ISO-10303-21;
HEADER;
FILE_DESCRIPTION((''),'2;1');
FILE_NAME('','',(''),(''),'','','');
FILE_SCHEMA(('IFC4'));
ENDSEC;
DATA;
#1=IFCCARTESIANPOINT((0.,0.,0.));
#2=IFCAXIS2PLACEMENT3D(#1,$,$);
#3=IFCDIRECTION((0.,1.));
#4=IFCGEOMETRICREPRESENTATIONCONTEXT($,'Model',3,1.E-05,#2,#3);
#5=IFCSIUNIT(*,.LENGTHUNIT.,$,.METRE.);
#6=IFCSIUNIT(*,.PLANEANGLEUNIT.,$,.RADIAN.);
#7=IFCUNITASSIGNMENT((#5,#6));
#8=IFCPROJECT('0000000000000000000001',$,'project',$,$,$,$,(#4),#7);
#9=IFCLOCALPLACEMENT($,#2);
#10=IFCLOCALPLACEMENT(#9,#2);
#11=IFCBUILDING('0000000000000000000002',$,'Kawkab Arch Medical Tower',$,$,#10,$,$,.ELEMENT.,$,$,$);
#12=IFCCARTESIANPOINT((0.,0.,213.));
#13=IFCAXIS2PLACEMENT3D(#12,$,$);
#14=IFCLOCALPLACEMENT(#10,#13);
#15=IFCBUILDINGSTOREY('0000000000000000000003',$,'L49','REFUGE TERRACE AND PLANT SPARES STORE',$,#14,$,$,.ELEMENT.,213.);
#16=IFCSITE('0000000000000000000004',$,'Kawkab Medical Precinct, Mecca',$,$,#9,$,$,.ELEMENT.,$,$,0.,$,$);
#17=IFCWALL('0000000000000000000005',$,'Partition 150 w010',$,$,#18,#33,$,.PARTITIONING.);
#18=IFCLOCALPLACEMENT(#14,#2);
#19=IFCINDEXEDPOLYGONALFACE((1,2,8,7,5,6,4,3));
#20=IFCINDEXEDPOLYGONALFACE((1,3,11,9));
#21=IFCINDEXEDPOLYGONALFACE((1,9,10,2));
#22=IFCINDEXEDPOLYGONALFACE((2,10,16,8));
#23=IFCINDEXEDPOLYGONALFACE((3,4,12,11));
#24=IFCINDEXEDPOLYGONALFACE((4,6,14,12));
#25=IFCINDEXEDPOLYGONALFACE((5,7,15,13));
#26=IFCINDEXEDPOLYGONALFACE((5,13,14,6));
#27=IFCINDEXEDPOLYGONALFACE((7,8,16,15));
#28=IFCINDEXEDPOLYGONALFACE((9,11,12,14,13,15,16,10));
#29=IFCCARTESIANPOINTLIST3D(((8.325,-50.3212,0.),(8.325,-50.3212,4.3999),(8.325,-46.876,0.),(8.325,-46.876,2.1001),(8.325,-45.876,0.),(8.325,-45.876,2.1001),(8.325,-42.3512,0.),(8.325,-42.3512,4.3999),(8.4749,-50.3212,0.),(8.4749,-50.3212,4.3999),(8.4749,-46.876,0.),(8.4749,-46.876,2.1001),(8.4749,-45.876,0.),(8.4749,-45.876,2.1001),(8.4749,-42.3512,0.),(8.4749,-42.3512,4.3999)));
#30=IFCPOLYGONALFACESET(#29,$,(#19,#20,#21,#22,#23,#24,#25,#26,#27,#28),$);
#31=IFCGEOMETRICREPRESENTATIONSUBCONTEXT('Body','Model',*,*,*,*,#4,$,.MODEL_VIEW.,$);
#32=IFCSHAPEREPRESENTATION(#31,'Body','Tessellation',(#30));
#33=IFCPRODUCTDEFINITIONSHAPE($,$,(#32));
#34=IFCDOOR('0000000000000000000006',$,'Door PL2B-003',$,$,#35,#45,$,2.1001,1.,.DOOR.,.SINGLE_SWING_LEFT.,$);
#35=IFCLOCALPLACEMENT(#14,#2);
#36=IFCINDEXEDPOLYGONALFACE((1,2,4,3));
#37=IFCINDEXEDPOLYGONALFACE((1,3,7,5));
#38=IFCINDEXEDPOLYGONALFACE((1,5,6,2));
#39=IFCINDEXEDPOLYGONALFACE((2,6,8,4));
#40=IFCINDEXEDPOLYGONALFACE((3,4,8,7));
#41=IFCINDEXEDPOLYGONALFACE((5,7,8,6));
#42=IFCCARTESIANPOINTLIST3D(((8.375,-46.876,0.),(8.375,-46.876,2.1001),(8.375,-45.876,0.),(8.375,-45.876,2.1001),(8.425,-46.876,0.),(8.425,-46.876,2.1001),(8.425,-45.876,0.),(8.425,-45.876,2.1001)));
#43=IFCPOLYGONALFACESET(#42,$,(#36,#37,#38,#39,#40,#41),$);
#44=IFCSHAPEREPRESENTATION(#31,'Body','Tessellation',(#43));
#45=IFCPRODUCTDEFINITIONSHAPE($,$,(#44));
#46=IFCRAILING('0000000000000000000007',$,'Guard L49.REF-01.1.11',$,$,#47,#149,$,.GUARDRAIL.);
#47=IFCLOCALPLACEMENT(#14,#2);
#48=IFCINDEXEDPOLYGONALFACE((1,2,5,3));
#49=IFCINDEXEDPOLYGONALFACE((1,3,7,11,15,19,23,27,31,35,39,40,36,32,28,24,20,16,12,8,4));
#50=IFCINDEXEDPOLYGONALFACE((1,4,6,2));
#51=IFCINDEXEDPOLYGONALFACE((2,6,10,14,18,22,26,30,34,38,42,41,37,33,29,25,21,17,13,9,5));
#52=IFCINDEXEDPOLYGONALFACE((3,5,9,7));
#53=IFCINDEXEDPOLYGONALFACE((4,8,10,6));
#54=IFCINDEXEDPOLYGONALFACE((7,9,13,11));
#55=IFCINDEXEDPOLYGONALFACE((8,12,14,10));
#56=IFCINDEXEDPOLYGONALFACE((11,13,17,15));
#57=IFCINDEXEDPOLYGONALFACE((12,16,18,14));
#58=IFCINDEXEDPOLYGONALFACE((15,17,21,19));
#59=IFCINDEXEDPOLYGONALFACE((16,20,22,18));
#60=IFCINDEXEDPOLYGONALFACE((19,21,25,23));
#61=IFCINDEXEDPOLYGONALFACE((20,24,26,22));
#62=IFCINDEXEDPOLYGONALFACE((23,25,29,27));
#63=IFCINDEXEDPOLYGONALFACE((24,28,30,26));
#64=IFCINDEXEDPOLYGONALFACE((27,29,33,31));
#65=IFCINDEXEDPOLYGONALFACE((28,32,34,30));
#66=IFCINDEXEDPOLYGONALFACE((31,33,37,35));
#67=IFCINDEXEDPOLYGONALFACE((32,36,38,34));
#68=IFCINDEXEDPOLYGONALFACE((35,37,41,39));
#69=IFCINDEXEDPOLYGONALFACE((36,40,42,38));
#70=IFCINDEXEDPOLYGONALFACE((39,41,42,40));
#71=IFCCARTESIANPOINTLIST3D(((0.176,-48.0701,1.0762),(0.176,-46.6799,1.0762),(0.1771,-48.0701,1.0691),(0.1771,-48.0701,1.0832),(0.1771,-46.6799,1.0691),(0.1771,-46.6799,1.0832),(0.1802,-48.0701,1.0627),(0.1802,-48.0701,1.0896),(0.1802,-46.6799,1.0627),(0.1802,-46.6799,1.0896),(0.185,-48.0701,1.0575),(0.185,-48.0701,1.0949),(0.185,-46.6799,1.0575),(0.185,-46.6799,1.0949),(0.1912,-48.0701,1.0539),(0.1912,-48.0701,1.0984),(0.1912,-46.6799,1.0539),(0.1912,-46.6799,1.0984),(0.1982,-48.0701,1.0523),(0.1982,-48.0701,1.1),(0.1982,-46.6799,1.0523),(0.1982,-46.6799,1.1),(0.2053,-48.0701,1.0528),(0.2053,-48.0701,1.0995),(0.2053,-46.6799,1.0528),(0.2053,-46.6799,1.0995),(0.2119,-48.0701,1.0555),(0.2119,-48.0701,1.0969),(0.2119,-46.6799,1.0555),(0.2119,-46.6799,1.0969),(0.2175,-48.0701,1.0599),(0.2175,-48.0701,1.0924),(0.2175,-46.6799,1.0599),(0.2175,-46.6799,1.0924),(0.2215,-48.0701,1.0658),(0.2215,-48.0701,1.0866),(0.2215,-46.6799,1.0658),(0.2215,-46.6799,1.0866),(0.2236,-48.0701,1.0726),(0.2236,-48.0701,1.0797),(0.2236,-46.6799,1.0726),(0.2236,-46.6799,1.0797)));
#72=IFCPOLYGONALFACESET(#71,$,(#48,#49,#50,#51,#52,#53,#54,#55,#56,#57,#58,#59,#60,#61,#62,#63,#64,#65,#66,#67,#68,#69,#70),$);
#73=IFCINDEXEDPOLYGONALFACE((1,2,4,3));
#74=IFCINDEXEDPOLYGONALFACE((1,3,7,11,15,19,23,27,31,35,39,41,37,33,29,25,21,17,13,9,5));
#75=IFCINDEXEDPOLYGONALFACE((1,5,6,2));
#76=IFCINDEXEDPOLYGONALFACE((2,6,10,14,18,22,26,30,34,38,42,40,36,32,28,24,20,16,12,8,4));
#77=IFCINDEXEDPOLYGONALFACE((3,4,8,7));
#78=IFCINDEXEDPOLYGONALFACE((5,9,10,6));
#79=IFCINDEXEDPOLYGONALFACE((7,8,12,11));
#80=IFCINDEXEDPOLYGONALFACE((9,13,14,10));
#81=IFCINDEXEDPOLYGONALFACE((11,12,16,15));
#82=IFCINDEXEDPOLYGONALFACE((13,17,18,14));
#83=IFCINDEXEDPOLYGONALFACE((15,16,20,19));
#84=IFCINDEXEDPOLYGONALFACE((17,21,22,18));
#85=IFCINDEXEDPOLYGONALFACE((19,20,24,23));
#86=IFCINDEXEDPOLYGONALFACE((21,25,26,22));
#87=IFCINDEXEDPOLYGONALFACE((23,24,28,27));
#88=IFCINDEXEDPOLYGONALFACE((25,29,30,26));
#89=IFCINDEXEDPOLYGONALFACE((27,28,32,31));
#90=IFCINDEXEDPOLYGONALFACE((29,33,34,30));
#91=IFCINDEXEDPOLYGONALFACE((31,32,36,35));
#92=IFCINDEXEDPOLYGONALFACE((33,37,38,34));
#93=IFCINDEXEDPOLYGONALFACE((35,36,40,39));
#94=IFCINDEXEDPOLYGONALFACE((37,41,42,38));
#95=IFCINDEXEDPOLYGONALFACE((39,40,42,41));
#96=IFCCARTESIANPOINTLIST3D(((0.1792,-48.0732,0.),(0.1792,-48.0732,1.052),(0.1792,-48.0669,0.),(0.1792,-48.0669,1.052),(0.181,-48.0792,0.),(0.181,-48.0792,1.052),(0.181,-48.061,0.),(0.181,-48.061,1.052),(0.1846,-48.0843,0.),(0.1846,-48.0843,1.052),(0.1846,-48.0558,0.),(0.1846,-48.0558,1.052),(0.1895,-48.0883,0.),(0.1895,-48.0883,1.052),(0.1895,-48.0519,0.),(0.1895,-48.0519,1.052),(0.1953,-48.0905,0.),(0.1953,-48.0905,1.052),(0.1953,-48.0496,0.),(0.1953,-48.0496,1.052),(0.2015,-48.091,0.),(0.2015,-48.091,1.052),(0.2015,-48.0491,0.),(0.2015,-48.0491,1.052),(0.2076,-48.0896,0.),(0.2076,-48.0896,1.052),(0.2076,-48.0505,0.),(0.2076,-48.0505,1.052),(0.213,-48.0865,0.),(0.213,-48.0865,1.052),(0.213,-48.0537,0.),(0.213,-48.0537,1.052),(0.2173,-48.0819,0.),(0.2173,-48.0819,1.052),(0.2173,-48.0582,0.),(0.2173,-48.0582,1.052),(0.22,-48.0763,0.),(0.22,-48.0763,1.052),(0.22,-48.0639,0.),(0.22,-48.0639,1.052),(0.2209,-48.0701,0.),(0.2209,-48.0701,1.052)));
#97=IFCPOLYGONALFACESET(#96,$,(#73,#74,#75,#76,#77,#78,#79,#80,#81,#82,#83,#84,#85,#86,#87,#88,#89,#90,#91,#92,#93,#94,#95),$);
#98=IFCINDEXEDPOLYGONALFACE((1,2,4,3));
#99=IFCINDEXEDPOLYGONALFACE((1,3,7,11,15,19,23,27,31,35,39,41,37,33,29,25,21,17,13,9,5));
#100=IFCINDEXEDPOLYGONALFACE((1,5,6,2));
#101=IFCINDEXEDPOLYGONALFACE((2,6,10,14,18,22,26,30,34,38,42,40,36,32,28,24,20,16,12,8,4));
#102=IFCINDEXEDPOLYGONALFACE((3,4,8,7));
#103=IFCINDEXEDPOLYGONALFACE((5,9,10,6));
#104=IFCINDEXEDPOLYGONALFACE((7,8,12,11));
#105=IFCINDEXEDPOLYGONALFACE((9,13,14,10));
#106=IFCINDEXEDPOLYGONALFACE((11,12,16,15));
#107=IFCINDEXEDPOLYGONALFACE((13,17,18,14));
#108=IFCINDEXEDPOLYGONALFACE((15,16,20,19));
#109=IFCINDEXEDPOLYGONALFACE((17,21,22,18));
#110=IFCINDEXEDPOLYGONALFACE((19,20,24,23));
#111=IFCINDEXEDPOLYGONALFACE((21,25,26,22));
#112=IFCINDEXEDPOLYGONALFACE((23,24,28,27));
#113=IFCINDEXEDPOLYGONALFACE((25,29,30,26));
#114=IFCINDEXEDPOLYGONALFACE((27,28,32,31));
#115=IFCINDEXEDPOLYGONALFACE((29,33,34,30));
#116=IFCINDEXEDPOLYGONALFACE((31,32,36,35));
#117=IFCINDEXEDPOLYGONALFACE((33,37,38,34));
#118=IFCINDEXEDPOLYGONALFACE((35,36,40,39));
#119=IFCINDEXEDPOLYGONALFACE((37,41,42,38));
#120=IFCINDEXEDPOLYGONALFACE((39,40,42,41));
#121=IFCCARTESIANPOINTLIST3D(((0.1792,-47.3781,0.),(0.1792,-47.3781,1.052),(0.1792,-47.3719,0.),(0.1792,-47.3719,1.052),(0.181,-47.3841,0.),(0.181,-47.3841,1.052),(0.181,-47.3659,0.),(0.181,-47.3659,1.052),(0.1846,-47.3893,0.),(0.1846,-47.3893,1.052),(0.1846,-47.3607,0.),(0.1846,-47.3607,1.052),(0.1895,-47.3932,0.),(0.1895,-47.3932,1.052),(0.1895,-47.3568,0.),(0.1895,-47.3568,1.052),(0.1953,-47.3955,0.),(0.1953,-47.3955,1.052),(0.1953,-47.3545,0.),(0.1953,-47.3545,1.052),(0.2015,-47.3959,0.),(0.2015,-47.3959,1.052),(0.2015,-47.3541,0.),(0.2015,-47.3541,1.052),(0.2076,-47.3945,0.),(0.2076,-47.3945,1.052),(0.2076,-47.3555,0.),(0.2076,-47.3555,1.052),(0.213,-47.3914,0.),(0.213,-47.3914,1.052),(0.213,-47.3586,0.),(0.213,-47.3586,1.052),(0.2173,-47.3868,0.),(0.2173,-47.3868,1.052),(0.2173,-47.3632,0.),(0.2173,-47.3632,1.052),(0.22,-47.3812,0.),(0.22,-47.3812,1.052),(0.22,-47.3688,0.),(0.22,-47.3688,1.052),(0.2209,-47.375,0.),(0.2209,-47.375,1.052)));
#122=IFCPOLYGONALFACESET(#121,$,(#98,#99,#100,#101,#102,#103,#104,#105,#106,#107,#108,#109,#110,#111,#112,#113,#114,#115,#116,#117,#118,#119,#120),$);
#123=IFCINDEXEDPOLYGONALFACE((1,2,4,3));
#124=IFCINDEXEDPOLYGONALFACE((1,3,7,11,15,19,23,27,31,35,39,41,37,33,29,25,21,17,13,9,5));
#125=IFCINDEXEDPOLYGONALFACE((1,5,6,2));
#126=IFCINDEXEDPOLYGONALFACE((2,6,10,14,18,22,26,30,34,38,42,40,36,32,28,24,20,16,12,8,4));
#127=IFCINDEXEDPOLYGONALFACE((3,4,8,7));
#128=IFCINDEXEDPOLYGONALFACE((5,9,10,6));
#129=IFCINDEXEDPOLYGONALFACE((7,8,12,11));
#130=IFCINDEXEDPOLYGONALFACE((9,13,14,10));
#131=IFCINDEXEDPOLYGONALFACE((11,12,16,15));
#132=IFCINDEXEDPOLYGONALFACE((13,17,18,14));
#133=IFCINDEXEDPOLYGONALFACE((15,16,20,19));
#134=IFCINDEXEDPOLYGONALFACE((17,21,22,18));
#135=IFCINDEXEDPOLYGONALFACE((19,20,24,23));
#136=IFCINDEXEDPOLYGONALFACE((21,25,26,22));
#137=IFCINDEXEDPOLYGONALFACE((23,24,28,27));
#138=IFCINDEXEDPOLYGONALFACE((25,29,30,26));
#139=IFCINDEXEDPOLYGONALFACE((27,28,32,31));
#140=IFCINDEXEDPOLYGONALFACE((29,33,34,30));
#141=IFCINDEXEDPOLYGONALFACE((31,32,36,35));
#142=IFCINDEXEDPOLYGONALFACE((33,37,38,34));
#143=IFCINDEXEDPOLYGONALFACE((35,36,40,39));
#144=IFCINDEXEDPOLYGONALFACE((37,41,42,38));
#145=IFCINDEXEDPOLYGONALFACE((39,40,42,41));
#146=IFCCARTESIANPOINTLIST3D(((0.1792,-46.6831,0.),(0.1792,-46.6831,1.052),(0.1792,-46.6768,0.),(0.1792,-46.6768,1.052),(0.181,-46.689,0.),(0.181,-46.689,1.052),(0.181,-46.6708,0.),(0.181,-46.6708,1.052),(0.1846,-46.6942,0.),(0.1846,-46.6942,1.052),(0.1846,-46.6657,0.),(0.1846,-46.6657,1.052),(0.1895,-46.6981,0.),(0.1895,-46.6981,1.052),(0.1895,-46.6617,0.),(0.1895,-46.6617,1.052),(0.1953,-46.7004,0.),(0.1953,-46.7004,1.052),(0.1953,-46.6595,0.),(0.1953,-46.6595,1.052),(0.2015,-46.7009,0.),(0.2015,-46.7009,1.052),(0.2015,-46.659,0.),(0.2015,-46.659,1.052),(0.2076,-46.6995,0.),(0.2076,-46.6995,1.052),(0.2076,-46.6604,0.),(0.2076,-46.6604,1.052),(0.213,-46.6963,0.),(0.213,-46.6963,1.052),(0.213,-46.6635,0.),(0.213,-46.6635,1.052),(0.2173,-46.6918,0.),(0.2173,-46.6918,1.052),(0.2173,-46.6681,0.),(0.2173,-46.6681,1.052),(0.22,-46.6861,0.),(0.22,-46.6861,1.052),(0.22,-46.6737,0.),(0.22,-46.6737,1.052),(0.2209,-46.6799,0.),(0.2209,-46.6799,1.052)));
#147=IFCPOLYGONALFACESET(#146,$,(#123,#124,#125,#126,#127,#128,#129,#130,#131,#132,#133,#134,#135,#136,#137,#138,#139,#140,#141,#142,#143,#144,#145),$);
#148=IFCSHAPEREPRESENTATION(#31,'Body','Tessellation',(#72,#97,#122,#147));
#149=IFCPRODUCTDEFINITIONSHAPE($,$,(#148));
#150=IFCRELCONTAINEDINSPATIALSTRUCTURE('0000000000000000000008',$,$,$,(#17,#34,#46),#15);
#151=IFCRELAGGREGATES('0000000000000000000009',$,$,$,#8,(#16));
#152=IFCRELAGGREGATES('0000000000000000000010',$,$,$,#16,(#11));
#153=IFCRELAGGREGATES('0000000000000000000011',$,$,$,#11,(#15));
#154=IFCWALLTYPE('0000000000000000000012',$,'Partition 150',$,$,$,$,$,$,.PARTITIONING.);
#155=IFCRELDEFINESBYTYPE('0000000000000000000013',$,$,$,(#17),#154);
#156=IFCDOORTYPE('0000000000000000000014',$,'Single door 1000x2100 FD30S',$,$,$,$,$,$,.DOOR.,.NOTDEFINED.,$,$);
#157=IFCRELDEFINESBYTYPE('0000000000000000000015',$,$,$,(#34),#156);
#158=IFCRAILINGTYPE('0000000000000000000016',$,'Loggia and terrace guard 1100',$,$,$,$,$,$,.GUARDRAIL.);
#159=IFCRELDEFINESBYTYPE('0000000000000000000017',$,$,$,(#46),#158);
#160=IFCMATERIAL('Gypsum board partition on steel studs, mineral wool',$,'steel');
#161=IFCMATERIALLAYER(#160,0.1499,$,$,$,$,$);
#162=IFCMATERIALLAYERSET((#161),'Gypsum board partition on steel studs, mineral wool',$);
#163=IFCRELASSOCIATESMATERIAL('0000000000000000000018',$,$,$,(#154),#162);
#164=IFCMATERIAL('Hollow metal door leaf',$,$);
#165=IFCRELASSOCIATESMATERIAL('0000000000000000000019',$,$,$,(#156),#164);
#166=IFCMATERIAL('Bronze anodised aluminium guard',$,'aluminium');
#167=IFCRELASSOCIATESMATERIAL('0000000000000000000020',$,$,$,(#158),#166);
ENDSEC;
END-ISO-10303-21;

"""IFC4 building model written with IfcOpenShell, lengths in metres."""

from ifc_helpers import new_model, si_unit, direction, frame, frame_2d, origin, origin_2d, place, context, subcontext, project, spatial, rectangle, circle, extrude, material, layer, layer_set, type_object, element, fill, save


model = new_model("IFC4")

# Units and contexts
model_context = context("Model", 3, precision=1e-05, world=origin(), true_north=direction((0.0, 1.0)))
body_context = subcontext(model_context, "Body", "Model", "MODEL_VIEW")
ifc_project = project(units=[si_unit("LENGTHUNIT", "METRE"), si_unit("PLANEANGLEUNIT", "RADIAN")], contexts=[model_context])

# Site, building, storey
site_placement = place(None, origin())
site = spatial("IfcSite", under=ifc_project, at=site_placement, Name="Kawkab Medical Precinct, Mecca", CompositionType="ELEMENT", RefElevation=0.0)
building_placement = place(site_placement, origin())
building = spatial("IfcBuilding", under=site, at=building_placement, Name="Kawkab Arch Medical Tower", CompositionType="ELEMENT")
storey_placement = place(building_placement, frame((0.0, 0.0, 213.0)))
storey = spatial("IfcBuildingStorey", under=building, at=storey_placement, Name="L49", Description="REFUGE TERRACE AND PLANT SPARES STORE", CompositionType="ELEMENT", Elevation=213.0)

# Shared definitions
ifc_material_1 = material(Name="Gypsum board partition on steel studs, mineral wool", Category="steel")
ifc_layer_1 = layer(ifc_material_1, 0.1499)
ifc_layer_set_1 = layer_set([ifc_layer_1], Name="Gypsum board partition on steel studs, mineral wool")
wall_type_1 = type_object("IfcWallType", Name="Partition 150", PredefinedType="PARTITIONING", material=ifc_layer_set_1)

# Wall, opening, door
wall_1_placement = place(storey_placement, frame((8.3999, -50.321, 0.0), z_axis=(0.0, 0.0, 1.0), x_axis=(0.0, 1.0, 0.0)))
wall_1 = element("IfcWall", 1, at=wall_1_placement, inside=storey, type_object=wall_type_1, Name="Partition 150 w010", PredefinedType="PARTITIONING", context=body_context, shape_type="SweptSolid", body=[
    extrude(rectangle(XDim=7.97, YDim=0.1499, at=frame_2d((3.9849, 0.0))), origin(), (0.0, 0.0, 1.0), 4.3999),
])
opening_1_placement = place(wall_1_placement, frame((3.4451, 0.0, 0.0)))
opening_1 = element("IfcOpeningElement", 2, at=opening_1_placement, cuts=wall_1, PredefinedType="OPENING", context=body_context, shape_type="SweptSolid", body=[
    extrude(rectangle(XDim=1.0, YDim=2.1001, at=frame_2d((0.5, 1.05))), frame((0.0, 0.085, 0.0), z_axis=(0.0, -1.0, 0.0), x_axis=(1.0, 0.0, 0.0)), (0.0, 0.0, 1.0), 0.1699),
])
ifc_material_2 = material(Name="Hollow metal door leaf")
door_type = type_object("IfcDoorType", Name="Single door 1000x2100 FD30S", OperationType="NOTDEFINED", PredefinedType="DOOR", material=ifc_material_2)
door_placement = place(opening_1_placement, origin())
door = element("IfcDoor", 3, at=door_placement, inside=storey, type_object=door_type, Name="Door PL2B-003", OperationType="SINGLE_SWING_LEFT", OverallHeight=2.1001, OverallWidth=1.0, PredefinedType="DOOR", context=body_context, shape_type="SweptSolid", body=[
    extrude(rectangle(XDim=1.0, YDim=2.1001, at=frame_2d((0.5, 1.05))), frame((0.0, 0.0249, 0.0), z_axis=(0.0, -1.0, 0.0), x_axis=(1.0, 0.0, 0.0)), (0.0, 0.0, 1.0), 0.05),
])
fill(opening_1, door)

# Railing
ifc_material_3 = material(Name="Bronze anodised aluminium guard", Category="aluminium")
railing_type = type_object("IfcRailingType", Name="Loggia and terrace guard 1100", PredefinedType="GUARDRAIL", material=ifc_material_3)
railing_1_placement = place(storey_placement, frame((0.2, -48.0701, 0.0)))
element("IfcRailing", 4, at=railing_1_placement, inside=storey, type_object=railing_type, Name="Guard L49.REF-01.1.11", PredefinedType="GUARDRAIL", context=body_context, shape_type="SweptSolid", body=[
    extrude(circle(Radius=0.0239, at=origin_2d()), frame((0.0, 0.0, 1.0762), z_axis=(0.0, 1.0, 0.0), x_axis=(-1.0, 0.0, 0.0)), (0.0, 0.0, 1.0), 1.3901),
    extrude(circle(Radius=0.021, at=origin_2d()), origin(), (0.0, 0.0, 1.0), 1.052),
    extrude(circle(Radius=0.021, at=origin_2d()), frame((0.0, 0.6951, 0.0)), (0.0, 0.0, 1.0), 1.052),
    extrude(circle(Radius=0.021, at=origin_2d()), frame((0.0, 1.3901, 0.0)), (0.0, 0.0, 1.0), 1.052),
])

save(model, "model.ifc")
